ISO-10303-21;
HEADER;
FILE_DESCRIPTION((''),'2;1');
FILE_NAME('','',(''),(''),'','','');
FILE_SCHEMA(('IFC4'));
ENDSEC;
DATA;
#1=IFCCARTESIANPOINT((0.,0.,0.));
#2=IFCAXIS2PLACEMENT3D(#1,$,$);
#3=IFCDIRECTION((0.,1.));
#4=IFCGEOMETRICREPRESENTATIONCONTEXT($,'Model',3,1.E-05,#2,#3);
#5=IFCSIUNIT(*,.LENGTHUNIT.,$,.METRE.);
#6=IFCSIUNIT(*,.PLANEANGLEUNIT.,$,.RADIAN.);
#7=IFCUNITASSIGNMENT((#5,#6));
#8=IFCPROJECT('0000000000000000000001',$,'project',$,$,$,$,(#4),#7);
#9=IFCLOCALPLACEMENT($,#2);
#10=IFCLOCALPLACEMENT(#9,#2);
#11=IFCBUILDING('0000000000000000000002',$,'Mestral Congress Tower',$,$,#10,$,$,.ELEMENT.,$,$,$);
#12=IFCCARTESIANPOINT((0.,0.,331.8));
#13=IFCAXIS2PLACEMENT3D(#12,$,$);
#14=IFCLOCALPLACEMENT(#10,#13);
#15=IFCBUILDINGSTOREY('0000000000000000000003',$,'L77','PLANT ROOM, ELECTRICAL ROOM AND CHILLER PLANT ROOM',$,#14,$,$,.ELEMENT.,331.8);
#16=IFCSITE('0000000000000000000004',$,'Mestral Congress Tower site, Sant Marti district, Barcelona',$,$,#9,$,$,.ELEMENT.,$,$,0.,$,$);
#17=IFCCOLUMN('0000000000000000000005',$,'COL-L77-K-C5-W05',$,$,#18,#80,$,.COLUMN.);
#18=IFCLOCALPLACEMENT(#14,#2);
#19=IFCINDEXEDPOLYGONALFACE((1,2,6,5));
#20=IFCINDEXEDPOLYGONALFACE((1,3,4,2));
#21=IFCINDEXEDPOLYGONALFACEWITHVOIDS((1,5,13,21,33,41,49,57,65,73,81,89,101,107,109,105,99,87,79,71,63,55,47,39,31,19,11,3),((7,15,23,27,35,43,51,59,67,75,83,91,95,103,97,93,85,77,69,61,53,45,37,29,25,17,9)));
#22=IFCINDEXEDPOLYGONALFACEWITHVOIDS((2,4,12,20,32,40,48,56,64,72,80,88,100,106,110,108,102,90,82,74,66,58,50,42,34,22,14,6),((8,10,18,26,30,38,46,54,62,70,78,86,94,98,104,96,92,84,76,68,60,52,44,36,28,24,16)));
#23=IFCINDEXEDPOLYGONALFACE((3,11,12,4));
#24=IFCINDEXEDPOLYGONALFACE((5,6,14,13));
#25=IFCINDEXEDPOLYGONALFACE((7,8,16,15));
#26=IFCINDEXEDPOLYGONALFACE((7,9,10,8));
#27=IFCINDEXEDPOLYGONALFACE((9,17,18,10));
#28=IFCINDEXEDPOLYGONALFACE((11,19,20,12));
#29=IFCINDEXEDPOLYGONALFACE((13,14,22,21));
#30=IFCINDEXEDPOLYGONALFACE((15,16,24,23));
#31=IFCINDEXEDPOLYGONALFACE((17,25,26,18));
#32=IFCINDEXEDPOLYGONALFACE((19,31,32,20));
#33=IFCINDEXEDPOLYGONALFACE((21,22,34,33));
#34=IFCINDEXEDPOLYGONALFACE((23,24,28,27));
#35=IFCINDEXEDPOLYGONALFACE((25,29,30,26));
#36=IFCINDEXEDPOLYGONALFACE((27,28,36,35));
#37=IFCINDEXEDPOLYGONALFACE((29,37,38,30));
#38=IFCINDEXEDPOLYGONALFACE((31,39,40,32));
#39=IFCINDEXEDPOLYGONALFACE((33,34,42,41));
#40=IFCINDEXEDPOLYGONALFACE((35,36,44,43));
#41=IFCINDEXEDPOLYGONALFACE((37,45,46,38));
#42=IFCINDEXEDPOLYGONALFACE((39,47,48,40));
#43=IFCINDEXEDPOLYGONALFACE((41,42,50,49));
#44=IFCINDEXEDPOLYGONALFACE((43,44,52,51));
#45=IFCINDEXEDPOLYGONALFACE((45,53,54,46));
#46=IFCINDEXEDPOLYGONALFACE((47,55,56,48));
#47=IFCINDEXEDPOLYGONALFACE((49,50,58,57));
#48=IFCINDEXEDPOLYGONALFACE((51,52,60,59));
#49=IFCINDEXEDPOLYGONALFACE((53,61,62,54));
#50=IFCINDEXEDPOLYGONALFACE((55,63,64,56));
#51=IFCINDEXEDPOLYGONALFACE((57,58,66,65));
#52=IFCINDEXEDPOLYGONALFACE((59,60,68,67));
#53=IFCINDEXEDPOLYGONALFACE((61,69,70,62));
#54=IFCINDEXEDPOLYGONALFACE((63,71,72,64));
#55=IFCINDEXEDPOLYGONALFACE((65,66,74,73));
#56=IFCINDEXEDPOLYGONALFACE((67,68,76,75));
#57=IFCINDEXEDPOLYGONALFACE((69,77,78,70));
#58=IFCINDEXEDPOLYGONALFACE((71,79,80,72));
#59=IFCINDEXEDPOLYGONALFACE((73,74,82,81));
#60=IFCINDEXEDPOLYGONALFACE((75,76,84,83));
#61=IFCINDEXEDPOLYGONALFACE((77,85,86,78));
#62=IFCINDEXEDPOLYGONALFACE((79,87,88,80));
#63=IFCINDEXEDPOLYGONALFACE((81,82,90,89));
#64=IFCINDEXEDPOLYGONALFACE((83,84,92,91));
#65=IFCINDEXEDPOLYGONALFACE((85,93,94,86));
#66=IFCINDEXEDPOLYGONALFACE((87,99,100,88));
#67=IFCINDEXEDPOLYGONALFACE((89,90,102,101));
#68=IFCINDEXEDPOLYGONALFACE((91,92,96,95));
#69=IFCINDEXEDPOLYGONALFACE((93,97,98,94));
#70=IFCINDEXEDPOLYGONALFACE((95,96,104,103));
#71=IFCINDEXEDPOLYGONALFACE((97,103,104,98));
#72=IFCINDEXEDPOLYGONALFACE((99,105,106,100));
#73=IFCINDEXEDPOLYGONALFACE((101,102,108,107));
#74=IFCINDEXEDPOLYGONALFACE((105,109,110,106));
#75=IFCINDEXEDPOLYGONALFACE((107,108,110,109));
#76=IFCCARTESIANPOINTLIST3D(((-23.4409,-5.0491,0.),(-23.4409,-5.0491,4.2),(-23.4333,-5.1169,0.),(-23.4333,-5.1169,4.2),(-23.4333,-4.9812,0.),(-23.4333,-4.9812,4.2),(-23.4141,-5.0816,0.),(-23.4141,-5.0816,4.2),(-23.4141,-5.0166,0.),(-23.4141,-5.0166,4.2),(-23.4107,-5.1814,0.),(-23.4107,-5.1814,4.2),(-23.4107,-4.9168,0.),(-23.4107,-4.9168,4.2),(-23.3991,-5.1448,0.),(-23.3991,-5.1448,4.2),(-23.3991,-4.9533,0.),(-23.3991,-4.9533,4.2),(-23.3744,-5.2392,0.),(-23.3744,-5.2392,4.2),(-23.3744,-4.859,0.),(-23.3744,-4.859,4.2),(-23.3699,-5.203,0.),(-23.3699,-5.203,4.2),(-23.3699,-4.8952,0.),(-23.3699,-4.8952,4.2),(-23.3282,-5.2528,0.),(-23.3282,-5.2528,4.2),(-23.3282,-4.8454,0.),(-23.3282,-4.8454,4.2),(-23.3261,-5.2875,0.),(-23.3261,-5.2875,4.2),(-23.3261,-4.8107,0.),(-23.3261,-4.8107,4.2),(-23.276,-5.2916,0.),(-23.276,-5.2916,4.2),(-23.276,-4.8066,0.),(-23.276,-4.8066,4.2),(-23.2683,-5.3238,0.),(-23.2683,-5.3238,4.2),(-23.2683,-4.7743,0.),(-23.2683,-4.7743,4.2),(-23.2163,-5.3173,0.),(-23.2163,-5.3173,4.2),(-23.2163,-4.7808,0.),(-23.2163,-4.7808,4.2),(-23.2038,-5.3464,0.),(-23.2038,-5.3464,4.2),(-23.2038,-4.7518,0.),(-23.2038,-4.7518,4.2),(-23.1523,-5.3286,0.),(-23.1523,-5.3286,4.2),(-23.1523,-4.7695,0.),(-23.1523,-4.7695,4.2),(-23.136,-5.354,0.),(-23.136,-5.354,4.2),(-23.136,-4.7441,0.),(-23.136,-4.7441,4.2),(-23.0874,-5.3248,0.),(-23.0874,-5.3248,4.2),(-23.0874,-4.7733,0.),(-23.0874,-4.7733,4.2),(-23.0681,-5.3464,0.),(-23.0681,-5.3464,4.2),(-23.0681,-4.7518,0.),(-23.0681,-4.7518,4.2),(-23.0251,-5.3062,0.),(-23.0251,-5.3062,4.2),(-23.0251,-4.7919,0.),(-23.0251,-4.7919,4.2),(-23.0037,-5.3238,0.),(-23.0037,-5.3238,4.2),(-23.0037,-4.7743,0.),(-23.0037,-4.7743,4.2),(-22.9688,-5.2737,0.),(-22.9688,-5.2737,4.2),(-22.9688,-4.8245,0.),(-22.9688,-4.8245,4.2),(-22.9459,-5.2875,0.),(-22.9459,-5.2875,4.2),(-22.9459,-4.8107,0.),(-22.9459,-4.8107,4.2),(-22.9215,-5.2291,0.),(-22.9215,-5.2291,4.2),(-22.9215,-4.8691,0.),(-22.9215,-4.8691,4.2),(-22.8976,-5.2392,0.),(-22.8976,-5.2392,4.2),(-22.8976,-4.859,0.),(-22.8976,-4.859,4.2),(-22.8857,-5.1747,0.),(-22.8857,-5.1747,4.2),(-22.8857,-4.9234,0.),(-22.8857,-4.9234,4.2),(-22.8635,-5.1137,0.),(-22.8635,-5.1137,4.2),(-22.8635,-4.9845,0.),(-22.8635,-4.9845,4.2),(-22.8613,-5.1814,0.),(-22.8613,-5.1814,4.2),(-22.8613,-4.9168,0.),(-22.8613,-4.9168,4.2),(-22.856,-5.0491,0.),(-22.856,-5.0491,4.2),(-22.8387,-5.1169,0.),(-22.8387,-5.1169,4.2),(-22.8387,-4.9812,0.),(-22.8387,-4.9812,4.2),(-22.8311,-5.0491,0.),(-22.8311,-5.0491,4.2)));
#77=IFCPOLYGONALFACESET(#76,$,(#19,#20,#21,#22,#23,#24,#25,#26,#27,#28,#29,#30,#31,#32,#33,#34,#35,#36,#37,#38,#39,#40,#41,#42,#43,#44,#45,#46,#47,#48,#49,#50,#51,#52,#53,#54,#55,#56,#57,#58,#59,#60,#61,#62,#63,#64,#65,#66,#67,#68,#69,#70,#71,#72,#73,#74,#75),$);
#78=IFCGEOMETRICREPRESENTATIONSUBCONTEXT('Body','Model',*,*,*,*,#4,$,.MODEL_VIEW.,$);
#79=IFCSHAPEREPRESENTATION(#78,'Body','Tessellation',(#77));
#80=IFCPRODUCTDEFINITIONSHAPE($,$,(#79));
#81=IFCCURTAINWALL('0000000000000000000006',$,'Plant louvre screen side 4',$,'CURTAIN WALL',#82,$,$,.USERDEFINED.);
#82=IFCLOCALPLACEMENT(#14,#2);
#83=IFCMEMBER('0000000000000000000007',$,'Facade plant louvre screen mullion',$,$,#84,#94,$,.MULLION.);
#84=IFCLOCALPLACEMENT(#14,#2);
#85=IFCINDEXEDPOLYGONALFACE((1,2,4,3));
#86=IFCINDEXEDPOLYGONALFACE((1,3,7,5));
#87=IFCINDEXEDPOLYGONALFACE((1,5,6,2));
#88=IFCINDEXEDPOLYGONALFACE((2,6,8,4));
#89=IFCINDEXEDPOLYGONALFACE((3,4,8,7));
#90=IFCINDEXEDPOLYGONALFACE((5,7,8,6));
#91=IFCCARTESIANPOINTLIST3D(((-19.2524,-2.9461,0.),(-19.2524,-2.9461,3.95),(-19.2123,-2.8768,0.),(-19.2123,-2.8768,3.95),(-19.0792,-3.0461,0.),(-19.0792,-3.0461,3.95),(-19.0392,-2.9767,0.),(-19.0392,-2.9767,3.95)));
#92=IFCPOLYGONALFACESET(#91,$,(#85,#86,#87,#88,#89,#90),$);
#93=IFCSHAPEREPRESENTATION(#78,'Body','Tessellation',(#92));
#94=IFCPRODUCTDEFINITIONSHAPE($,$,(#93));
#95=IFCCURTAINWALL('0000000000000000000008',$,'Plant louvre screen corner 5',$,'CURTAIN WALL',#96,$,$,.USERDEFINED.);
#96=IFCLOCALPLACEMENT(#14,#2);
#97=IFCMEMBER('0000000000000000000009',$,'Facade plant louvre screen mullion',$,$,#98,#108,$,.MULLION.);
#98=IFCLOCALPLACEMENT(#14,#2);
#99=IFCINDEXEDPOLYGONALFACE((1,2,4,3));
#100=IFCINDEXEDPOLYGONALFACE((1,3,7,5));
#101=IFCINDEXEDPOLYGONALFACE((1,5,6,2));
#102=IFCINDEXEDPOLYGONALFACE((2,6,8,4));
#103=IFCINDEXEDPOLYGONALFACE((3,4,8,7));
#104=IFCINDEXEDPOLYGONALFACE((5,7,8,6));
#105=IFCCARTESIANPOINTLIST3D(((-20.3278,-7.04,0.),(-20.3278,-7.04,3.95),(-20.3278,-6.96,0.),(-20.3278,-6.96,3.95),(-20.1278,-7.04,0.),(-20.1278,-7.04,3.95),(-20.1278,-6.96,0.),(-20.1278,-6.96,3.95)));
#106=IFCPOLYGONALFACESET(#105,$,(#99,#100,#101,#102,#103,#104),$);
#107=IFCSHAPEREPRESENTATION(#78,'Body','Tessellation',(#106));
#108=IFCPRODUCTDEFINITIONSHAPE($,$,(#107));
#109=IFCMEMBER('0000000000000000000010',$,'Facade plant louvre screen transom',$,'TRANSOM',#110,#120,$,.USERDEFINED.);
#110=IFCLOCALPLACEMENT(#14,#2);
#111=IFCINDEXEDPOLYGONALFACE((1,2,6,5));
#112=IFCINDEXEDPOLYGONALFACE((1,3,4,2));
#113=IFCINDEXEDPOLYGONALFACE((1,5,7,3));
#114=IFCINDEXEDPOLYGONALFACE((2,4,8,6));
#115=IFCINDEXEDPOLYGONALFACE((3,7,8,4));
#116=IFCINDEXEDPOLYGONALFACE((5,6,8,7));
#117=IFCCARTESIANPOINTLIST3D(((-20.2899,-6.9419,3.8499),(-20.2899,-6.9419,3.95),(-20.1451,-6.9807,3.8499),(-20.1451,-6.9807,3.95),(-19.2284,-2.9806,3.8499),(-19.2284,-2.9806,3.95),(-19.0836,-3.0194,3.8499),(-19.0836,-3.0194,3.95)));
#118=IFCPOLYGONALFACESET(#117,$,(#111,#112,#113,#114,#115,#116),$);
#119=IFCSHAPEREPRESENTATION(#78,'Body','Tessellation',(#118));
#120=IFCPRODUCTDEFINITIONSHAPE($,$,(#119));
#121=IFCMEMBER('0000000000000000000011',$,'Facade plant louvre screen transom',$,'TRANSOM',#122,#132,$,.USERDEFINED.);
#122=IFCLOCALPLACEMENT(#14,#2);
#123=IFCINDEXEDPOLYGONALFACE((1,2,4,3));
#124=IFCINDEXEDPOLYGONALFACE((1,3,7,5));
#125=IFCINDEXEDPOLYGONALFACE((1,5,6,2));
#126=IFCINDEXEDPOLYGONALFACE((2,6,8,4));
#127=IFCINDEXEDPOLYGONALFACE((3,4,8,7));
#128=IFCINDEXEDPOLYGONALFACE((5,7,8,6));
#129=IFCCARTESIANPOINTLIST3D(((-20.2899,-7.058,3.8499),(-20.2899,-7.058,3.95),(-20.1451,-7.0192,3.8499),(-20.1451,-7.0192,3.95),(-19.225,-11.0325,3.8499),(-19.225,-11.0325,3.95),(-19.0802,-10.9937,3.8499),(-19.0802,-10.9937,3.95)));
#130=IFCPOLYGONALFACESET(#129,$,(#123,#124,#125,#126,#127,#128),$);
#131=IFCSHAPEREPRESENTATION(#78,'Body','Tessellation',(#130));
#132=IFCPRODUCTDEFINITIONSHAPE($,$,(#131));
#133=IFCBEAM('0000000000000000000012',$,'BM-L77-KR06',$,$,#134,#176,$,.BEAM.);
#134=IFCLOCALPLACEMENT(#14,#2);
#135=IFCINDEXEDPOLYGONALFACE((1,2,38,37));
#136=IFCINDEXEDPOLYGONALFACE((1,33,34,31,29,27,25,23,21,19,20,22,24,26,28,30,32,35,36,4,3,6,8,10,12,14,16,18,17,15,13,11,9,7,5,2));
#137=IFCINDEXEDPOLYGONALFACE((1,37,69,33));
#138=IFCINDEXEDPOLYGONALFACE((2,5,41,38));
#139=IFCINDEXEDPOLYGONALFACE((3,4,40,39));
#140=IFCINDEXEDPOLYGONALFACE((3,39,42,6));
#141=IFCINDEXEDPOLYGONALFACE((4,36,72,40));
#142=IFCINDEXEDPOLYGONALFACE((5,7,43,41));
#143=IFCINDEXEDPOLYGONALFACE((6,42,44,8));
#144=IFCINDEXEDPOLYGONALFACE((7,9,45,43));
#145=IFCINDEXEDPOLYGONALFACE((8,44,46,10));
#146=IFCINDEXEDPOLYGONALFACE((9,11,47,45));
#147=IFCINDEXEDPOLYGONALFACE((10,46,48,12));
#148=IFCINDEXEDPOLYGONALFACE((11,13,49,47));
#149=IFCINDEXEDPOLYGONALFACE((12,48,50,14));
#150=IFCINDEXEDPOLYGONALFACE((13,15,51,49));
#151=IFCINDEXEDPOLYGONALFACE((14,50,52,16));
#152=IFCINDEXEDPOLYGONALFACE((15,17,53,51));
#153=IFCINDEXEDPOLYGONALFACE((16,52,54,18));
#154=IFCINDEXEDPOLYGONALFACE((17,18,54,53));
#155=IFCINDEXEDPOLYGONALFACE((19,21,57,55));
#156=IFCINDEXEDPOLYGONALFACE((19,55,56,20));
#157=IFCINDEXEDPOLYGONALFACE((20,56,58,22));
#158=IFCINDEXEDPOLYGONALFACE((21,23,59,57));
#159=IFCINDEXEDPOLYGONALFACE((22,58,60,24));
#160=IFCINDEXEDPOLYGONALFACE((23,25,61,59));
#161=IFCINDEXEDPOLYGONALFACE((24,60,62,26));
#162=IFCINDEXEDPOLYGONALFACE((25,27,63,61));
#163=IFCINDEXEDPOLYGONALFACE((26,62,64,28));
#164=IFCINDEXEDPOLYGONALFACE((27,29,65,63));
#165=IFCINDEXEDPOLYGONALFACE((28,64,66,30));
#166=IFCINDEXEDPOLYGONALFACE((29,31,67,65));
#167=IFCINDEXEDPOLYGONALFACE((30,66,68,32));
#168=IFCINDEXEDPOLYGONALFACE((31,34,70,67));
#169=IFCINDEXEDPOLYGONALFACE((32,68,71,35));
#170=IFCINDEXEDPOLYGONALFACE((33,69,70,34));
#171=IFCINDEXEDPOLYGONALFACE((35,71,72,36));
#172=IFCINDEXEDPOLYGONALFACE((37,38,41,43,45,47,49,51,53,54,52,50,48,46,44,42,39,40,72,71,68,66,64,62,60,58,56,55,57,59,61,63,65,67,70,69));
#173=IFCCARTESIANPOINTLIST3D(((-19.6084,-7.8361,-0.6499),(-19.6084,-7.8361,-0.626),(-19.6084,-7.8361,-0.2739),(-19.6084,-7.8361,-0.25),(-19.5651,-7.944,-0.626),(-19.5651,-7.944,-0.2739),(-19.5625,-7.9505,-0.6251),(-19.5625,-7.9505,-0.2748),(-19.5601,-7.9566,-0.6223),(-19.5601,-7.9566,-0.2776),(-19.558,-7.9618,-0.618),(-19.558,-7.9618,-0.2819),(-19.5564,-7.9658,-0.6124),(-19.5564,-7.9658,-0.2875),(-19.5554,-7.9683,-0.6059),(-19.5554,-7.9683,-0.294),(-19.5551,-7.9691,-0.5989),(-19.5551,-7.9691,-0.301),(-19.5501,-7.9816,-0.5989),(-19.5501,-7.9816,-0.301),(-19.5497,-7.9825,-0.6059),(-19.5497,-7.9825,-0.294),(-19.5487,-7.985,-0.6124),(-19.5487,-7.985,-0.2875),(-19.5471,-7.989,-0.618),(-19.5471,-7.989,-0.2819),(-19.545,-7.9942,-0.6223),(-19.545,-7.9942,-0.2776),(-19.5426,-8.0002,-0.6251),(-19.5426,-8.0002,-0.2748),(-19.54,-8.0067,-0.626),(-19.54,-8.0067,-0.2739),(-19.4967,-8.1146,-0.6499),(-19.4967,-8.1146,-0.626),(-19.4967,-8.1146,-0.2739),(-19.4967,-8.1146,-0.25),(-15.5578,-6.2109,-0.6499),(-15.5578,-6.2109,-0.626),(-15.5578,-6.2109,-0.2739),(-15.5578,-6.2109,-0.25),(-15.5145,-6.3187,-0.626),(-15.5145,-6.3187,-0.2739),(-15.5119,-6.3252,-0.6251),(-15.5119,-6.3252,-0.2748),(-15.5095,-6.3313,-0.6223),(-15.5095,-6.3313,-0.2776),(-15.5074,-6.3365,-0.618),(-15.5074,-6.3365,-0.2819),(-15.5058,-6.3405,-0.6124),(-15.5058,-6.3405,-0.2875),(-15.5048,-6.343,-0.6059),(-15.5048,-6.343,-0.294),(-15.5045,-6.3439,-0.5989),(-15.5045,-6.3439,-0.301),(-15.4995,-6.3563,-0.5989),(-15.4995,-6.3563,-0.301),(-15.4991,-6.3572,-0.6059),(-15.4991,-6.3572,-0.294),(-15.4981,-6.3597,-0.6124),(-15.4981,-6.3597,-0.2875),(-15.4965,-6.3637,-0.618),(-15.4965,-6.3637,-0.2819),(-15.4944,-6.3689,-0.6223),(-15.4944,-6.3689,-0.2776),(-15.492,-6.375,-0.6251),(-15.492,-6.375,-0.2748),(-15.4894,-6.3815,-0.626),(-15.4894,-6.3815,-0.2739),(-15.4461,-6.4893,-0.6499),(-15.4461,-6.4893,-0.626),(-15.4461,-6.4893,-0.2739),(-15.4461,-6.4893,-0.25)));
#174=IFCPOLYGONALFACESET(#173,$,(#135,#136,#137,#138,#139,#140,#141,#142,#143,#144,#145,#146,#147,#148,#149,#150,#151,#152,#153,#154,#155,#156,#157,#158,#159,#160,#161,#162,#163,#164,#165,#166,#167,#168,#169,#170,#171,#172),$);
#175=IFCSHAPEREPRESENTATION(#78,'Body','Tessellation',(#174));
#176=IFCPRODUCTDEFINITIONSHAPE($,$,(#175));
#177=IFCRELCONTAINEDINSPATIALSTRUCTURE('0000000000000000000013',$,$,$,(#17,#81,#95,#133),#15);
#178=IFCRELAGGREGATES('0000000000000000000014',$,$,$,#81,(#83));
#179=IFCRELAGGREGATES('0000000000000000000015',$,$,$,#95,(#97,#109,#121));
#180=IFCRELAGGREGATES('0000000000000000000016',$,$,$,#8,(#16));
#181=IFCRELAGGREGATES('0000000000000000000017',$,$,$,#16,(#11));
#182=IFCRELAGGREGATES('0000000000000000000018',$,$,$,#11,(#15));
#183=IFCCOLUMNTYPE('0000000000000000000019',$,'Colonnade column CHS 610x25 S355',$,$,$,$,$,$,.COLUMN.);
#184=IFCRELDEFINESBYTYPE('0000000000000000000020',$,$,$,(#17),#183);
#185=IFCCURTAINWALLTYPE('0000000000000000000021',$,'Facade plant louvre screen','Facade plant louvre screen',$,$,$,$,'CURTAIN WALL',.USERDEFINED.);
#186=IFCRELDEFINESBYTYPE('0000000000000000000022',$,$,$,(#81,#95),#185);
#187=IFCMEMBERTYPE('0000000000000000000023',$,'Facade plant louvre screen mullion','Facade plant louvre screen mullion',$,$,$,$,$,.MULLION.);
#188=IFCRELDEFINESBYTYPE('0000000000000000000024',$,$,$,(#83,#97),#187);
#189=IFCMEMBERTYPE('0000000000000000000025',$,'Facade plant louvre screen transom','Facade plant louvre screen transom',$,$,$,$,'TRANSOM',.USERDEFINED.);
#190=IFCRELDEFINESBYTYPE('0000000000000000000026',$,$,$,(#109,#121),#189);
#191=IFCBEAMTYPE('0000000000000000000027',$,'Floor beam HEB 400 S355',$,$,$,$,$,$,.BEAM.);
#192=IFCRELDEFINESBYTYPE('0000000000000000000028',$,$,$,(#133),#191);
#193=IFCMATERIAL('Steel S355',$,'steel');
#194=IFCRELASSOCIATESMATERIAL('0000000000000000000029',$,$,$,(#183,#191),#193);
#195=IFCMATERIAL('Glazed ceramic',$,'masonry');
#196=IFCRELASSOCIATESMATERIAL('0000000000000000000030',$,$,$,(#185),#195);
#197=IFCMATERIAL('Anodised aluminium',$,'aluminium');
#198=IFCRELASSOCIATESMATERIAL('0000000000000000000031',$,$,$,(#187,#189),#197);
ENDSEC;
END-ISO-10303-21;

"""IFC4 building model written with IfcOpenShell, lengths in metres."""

from ifc_helpers import new_model, si_unit, direction, frame, origin, origin_2d, place, context, subcontext, project, spatial, rectangle, hollow_circle, i_section, extrude, material, material_profile, profile_set, type_object, element, aggregate, save


model = new_model("IFC4")

# Units and contexts
model_context = context("Model", 3, precision=1e-05, world=origin(), true_north=direction((0.0, 1.0)))
body_context = subcontext(model_context, "Body", "Model", "MODEL_VIEW")
ifc_project = project(units=[si_unit("LENGTHUNIT", "METRE"), si_unit("PLANEANGLEUNIT", "RADIAN")], contexts=[model_context])

# Site, building, storey
site_placement = place(None, origin())
site = spatial("IfcSite", under=ifc_project, at=site_placement, Name="Mestral Congress Tower site, Sant Marti district, Barcelona", CompositionType="ELEMENT", RefElevation=0.0)
building_placement = place(site_placement, origin())
building = spatial("IfcBuilding", under=site, at=building_placement, Name="Mestral Congress Tower", CompositionType="ELEMENT")
storey_placement = place(building_placement, frame((0.0, 0.0, 331.8)))
storey = spatial("IfcBuildingStorey", under=building, at=storey_placement, Name="L77", Description="PLANT ROOM, ELECTRICAL ROOM AND CHILLER PLANT ROOM", CompositionType="ELEMENT", Elevation=331.8)

# Column
ifc_material_1 = material(Name="Steel S355", Category="steel")
ifc_material_profile_1 = material_profile(ifc_material_1, hollow_circle(Radius=0.3049, WallThickness=0.0249, at=origin_2d()), Name="CHS 610x25")
ifc_profile_set_1 = profile_set([ifc_material_profile_1], Name="Steel S355")
column_type = type_object("IfcColumnType", Name="Colonnade column CHS 610x25 S355", PredefinedType="COLUMN", material=ifc_profile_set_1)
column_placement = place(storey_placement, frame((-23.136, -5.0491, 0.0), z_axis=(0.0, 0.0, 1.0), x_axis=(1.0, 0.0, 0.0)))
element("IfcColumn", 1, at=column_placement, inside=storey, type_object=column_type, Name="COL-L77-K-C5-W05", PredefinedType="COLUMN", context=body_context, shape_type="SweptSolid", body=[
    extrude(hollow_circle(Radius=0.3049, WallThickness=0.0249, at=origin_2d()), origin(), (0.0, 0.0, 1.0), 4.2),
])

# Curtain wall, member
ifc_material_2 = material(Name="Glazed ceramic", Category="masonry")
curtain_wall_type = type_object("IfcCurtainWallType", Name="Facade plant louvre screen", Description="Facade plant louvre screen", ElementType="CURTAIN WALL", PredefinedType="USERDEFINED", material=ifc_material_2)
placement = place(storey_placement, origin())
curtain_wall_1 = element("IfcCurtainWall", 2, at=placement, inside=storey, type_object=curtain_wall_type, Name="Plant louvre screen side 4", ObjectType="CURTAIN WALL", PredefinedType="USERDEFINED")
ifc_material_3 = material(Name="Anodised aluminium", Category="aluminium")
ifc_material_profile_2 = material_profile(ifc_material_3, rectangle(XDim=0.2, YDim=0.0801, at=origin_2d()), Name="CW6 mullion 200 x 80")
ifc_profile_set_2 = profile_set([ifc_material_profile_2], Name="Anodised aluminium")
member_type_1 = type_object("IfcMemberType", Name="Facade plant louvre screen mullion", Description="Facade plant louvre screen mullion", PredefinedType="MULLION", material=ifc_profile_set_2)
member_1_placement = place(storey_placement, frame((-19.1458, -2.9614, 0.0), z_axis=(0.0, 0.0, 1.0), x_axis=(-0.866025, 0.500002, 0.0)))
member_1 = element("IfcMember", 3, at=member_1_placement, type_object=member_type_1, Name="Facade plant louvre screen mullion", PredefinedType="MULLION", context=body_context, shape_type="SweptSolid", body=[
    extrude(rectangle(XDim=0.2, YDim=0.0801, at=origin_2d()), origin(), (0.0, 0.0, 1.0), 3.95),
])

# Curtain wall, members
curtain_wall_2 = element("IfcCurtainWall", 4, at=placement, inside=storey, type_object=curtain_wall_type, Name="Plant louvre screen corner 5", ObjectType="CURTAIN WALL", PredefinedType="USERDEFINED")
member_2_placement = place(storey_placement, frame((-20.2278, -7.0, 0.0), z_axis=(0.0, 0.0, 1.0), x_axis=(-1.0, 0.0, 0.0)))
member_2 = element("IfcMember", 5, at=member_2_placement, type_object=member_type_1, Name="Facade plant louvre screen mullion", PredefinedType="MULLION", context=body_context, shape_type="SweptSolid", body=[
    extrude(rectangle(XDim=0.2, YDim=0.0801, at=origin_2d()), origin(), (0.0, 0.0, 1.0), 3.95),
])
ifc_material_profile_3 = material_profile(ifc_material_3, rectangle(XDim=0.1499, YDim=0.1001, at=origin_2d()), Name="CW6 transom 150 x 100")
ifc_profile_set_3 = profile_set([ifc_material_profile_3], Name="Anodised aluminium")
member_type_2 = type_object("IfcMemberType", Name="Facade plant louvre screen transom", Description="Facade plant louvre screen transom", ElementType="TRANSOM", PredefinedType="USERDEFINED", material=ifc_profile_set_3)
member_3_placement = place(storey_placement, frame((-19.156, -3.0, 3.8999), z_axis=(-0.258833, -0.965922, 0.0), x_axis=(0.965922, -0.258833, 0.0)))
member_3 = element("IfcMember", 6, at=member_3_placement, type_object=member_type_2, Name="Facade plant louvre screen transom", ObjectType="TRANSOM", PredefinedType="USERDEFINED", context=body_context, shape_type="SweptSolid", body=[
    extrude(rectangle(XDim=0.1499, YDim=0.1001, at=origin_2d()), origin(), (0.0, 0.0, 1.0), 4.1011),
])
member_4_placement = place(storey_placement, frame((-20.2175, -7.0386, 3.8999), z_axis=(0.258807, -0.965929, 0.0), x_axis=(0.965929, 0.258807, 0.0)))
member_4 = element("IfcMember", 7, at=member_4_placement, type_object=member_type_2, Name="Facade plant louvre screen transom", ObjectType="TRANSOM", PredefinedType="USERDEFINED", context=body_context, shape_type="SweptSolid", body=[
    extrude(rectangle(XDim=0.1499, YDim=0.1001, at=origin_2d()), origin(), (0.0, 0.0, 1.0), 4.1147),
])

# Beam
ifc_material_profile_4 = material_profile(ifc_material_1, i_section(OverallWidth=0.3, OverallDepth=0.3999, WebThickness=0.0134, FlangeThickness=0.0239, FilletRadius=0.0271, at=origin_2d()), Name="HEB 400")
ifc_profile_set_4 = profile_set([ifc_material_profile_4], Name="Steel S355")
beam_type_1 = type_object("IfcBeamType", Name="Floor beam HEB 400 S355", PredefinedType="BEAM", material=ifc_profile_set_4)
beam_1_placement = place(storey_placement, frame((-15.502, -6.3501, -0.45), z_axis=(-0.928079, -0.372384, 0.0), x_axis=(0.372384, -0.928079, 0.0)))
element("IfcBeam", 8, at=beam_1_placement, inside=storey, type_object=beam_type_1, Name="BM-L77-KR06", PredefinedType="BEAM", context=body_context, shape_type="SweptSolid", body=[
    extrude(i_section(OverallWidth=0.3, OverallDepth=0.3999, WebThickness=0.0134, FlangeThickness=0.0239, FilletRadius=0.0271, at=origin_2d()), origin(), (0.0, 0.0, 1.0), 4.3645),
])

aggregate(curtain_wall_1, [member_1])
aggregate(curtain_wall_2, [member_2, member_3, member_4])

save(model, "model.ifc")
